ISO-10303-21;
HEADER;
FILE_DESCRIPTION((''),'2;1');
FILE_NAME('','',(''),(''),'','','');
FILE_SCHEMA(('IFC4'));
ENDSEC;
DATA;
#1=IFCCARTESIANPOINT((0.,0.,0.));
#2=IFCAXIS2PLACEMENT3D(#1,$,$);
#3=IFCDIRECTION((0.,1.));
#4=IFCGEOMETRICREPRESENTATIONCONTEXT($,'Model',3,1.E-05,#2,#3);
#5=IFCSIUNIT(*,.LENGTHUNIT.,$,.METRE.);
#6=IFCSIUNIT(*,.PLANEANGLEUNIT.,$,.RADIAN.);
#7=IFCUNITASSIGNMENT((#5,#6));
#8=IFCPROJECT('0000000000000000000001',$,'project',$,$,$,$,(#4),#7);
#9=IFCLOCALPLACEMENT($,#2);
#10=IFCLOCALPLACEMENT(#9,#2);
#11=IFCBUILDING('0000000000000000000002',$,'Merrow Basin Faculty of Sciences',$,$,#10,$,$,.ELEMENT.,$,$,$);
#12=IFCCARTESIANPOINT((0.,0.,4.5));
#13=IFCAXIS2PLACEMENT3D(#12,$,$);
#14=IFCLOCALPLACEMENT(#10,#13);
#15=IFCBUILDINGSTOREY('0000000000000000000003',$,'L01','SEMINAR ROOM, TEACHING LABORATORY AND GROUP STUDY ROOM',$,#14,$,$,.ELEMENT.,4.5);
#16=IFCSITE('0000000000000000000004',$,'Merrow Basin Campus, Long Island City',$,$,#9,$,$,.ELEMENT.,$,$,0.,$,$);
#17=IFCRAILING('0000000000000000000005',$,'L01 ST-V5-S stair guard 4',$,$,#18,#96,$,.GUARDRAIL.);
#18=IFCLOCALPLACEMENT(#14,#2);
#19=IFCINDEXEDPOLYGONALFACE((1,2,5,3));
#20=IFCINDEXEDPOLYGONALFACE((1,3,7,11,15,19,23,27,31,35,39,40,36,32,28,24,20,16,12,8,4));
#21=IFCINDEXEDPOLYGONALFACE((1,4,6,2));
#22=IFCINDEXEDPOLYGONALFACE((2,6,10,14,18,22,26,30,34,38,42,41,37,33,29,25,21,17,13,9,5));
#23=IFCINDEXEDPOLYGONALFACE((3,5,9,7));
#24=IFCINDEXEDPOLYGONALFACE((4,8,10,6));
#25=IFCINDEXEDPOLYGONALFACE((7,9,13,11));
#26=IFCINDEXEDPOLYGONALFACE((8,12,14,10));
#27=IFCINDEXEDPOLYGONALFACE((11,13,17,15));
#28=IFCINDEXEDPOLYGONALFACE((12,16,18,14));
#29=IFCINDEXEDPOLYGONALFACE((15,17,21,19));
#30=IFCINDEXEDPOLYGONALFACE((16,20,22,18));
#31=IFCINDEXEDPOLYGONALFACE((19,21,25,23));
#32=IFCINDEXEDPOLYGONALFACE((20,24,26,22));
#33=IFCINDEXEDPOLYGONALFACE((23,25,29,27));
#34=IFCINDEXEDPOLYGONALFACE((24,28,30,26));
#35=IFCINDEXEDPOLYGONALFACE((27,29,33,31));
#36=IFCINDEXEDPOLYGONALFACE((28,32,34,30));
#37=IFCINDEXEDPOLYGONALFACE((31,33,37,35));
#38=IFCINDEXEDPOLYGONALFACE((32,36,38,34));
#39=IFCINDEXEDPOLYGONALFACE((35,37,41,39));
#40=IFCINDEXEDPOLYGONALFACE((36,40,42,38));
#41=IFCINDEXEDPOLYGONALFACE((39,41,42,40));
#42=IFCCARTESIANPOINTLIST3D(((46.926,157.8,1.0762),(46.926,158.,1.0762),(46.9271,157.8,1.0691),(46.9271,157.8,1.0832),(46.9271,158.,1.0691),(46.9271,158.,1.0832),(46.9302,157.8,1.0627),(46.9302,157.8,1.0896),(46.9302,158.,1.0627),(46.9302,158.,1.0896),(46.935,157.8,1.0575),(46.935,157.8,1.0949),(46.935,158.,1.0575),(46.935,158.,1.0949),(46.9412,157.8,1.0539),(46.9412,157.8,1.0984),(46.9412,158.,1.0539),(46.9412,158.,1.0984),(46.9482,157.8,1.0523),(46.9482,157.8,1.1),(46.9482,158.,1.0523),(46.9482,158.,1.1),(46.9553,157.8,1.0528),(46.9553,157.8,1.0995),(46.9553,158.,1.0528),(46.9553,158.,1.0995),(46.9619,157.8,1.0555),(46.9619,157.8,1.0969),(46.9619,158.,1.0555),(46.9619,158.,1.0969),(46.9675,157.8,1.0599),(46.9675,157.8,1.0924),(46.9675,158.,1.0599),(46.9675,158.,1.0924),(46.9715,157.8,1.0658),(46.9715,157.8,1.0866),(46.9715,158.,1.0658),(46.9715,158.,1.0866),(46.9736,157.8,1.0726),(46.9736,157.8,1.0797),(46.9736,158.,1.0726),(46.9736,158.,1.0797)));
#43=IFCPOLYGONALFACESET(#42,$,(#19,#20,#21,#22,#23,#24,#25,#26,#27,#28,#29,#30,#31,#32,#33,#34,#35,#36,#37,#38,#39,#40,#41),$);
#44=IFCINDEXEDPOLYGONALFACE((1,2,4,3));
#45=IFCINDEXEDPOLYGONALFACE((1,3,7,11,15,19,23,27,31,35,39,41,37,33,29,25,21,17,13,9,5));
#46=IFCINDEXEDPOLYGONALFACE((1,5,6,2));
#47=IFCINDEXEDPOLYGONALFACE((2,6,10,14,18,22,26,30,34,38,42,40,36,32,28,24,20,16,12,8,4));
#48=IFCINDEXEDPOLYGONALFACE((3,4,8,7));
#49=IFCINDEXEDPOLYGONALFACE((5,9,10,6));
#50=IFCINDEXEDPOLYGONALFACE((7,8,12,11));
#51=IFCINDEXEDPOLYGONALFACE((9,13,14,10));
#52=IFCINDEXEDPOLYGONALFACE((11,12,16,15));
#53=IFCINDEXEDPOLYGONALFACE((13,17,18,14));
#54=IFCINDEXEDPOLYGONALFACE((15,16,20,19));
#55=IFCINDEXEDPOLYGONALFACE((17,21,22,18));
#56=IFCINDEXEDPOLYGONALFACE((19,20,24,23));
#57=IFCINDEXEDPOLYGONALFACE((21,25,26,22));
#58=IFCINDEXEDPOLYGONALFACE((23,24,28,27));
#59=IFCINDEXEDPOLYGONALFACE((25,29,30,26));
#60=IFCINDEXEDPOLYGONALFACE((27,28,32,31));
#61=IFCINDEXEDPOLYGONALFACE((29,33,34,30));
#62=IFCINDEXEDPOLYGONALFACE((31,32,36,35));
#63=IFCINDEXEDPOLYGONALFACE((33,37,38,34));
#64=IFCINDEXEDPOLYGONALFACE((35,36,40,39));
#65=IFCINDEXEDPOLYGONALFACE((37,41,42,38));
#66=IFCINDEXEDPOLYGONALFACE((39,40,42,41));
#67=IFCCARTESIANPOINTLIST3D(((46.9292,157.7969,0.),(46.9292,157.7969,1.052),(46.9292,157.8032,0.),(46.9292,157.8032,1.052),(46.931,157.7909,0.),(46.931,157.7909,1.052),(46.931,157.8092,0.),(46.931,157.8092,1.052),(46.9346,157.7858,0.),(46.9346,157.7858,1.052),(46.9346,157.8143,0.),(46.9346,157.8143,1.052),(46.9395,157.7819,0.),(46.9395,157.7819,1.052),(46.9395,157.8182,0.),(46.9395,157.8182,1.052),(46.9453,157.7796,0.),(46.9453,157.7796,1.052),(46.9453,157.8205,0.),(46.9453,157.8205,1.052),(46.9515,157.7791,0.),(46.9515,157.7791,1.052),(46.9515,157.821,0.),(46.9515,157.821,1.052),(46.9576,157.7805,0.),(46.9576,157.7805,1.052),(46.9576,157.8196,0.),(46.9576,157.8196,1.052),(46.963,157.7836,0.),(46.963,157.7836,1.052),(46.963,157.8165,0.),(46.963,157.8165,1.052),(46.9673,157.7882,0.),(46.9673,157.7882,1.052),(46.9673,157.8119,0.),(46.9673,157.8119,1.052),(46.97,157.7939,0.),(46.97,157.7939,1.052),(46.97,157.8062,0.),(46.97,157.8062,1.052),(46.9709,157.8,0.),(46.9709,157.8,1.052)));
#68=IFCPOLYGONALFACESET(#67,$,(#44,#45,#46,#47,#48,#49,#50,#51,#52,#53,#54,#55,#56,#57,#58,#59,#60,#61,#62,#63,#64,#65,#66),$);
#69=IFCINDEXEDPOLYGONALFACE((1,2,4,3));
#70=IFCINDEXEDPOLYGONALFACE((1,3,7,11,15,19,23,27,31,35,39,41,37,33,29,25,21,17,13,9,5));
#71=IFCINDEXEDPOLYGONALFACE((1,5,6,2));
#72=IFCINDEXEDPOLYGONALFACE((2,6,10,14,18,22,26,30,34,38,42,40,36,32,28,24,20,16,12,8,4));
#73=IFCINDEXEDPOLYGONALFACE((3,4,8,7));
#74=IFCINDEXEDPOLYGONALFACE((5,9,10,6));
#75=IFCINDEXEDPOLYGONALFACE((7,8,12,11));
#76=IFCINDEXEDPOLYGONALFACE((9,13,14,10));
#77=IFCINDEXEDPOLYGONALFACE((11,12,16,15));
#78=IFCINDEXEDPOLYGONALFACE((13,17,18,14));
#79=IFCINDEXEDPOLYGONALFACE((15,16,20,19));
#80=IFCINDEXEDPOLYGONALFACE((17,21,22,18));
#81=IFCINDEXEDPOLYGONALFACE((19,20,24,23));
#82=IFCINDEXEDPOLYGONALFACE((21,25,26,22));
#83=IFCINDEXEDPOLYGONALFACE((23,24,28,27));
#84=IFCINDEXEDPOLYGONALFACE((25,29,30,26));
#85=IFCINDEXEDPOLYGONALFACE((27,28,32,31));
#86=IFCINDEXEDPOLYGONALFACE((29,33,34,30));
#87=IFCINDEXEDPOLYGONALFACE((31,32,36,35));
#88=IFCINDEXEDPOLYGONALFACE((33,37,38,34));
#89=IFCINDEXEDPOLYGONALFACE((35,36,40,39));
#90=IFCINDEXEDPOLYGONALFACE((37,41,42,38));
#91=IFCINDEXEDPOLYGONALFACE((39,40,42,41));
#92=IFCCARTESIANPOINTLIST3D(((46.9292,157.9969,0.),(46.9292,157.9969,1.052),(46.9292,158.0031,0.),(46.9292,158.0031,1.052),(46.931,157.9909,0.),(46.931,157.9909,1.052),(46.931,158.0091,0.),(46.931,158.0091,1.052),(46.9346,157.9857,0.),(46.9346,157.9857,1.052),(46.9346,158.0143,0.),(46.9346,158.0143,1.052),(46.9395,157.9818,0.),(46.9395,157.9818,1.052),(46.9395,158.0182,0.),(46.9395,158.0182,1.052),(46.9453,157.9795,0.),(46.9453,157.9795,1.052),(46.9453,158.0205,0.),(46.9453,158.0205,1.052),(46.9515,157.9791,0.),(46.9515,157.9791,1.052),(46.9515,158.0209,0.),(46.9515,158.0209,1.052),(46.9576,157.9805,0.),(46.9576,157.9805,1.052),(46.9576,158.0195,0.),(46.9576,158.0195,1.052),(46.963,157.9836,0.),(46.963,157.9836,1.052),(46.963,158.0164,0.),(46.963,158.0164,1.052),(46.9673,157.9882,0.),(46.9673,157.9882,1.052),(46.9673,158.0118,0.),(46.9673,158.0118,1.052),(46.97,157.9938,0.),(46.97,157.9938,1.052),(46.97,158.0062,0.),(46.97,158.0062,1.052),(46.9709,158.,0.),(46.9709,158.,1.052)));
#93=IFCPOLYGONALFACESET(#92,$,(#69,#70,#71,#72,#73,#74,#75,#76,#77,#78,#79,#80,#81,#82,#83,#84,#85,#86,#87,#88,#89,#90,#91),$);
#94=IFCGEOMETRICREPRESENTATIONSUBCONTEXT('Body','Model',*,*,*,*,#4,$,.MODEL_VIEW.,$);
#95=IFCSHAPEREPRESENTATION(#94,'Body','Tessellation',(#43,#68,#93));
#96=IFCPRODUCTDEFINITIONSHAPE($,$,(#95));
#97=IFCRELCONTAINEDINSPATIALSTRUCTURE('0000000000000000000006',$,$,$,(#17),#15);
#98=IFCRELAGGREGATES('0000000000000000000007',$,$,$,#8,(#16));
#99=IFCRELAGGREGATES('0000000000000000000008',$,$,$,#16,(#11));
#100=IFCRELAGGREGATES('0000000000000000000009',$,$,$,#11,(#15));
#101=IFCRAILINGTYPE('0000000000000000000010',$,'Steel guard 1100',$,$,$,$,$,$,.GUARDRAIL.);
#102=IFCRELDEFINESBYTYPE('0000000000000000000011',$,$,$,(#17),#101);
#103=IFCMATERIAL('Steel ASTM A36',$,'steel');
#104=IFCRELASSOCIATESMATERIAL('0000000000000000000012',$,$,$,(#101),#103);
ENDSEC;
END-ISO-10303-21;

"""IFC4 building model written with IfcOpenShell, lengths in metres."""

from ifc_helpers import new_model, si_unit, direction, frame, origin, origin_2d, place, context, subcontext, project, spatial, circle, extrude, material, type_object, element, save


model = new_model("IFC4")

# Units and contexts
model_context = context("Model", 3, precision=1e-05, world=origin(), true_north=direction((0.0, 1.0)))
body_context = subcontext(model_context, "Body", "Model", "MODEL_VIEW")
ifc_project = project(units=[si_unit("LENGTHUNIT", "METRE"), si_unit("PLANEANGLEUNIT", "RADIAN")], contexts=[model_context])

# Site, building, storey
site_placement = place(None, origin())
site = spatial("IfcSite", under=ifc_project, at=site_placement, Name="Merrow Basin Campus, Long Island City", CompositionType="ELEMENT", RefElevation=0.0)
building_placement = place(site_placement, origin())
building = spatial("IfcBuilding", under=site, at=building_placement, Name="Merrow Basin Faculty of Sciences", CompositionType="ELEMENT")
storey_placement = place(building_placement, frame((0.0, 0.0, 4.5)))
storey = spatial("IfcBuildingStorey", under=building, at=storey_placement, Name="L01", Description="SEMINAR ROOM, TEACHING LABORATORY AND GROUP STUDY ROOM", CompositionType="ELEMENT", Elevation=4.5)

# Railing
ifc_material_1 = material(Name="Steel ASTM A36", Category="steel")
railing_type_1 = type_object("IfcRailingType", Name="Steel guard 1100", PredefinedType="GUARDRAIL", material=ifc_material_1)
railing_1_placement = place(storey_placement, frame((46.95, 157.8, 0.0)))
element("IfcRailing", 1, at=railing_1_placement, inside=storey, type_object=railing_type_1, Name="L01 ST-V5-S stair guard 4", PredefinedType="GUARDRAIL", context=body_context, shape_type="SweptSolid", body=[
    extrude(circle(Radius=0.0239, at=origin_2d()), frame((0.0, 0.0, 1.0762), z_axis=(0.0, 1.0, 0.0), x_axis=(-1.0, 0.0, 0.0)), (0.0, 0.0, 1.0), 0.2),
    extrude(circle(Radius=0.021, at=origin_2d()), origin(), (0.0, 0.0, 1.0), 1.052),
    extrude(circle(Radius=0.021, at=origin_2d()), frame((0.0, 0.2, 0.0)), (0.0, 0.0, 1.0), 1.052),
])

save(model, "model.ifc")
